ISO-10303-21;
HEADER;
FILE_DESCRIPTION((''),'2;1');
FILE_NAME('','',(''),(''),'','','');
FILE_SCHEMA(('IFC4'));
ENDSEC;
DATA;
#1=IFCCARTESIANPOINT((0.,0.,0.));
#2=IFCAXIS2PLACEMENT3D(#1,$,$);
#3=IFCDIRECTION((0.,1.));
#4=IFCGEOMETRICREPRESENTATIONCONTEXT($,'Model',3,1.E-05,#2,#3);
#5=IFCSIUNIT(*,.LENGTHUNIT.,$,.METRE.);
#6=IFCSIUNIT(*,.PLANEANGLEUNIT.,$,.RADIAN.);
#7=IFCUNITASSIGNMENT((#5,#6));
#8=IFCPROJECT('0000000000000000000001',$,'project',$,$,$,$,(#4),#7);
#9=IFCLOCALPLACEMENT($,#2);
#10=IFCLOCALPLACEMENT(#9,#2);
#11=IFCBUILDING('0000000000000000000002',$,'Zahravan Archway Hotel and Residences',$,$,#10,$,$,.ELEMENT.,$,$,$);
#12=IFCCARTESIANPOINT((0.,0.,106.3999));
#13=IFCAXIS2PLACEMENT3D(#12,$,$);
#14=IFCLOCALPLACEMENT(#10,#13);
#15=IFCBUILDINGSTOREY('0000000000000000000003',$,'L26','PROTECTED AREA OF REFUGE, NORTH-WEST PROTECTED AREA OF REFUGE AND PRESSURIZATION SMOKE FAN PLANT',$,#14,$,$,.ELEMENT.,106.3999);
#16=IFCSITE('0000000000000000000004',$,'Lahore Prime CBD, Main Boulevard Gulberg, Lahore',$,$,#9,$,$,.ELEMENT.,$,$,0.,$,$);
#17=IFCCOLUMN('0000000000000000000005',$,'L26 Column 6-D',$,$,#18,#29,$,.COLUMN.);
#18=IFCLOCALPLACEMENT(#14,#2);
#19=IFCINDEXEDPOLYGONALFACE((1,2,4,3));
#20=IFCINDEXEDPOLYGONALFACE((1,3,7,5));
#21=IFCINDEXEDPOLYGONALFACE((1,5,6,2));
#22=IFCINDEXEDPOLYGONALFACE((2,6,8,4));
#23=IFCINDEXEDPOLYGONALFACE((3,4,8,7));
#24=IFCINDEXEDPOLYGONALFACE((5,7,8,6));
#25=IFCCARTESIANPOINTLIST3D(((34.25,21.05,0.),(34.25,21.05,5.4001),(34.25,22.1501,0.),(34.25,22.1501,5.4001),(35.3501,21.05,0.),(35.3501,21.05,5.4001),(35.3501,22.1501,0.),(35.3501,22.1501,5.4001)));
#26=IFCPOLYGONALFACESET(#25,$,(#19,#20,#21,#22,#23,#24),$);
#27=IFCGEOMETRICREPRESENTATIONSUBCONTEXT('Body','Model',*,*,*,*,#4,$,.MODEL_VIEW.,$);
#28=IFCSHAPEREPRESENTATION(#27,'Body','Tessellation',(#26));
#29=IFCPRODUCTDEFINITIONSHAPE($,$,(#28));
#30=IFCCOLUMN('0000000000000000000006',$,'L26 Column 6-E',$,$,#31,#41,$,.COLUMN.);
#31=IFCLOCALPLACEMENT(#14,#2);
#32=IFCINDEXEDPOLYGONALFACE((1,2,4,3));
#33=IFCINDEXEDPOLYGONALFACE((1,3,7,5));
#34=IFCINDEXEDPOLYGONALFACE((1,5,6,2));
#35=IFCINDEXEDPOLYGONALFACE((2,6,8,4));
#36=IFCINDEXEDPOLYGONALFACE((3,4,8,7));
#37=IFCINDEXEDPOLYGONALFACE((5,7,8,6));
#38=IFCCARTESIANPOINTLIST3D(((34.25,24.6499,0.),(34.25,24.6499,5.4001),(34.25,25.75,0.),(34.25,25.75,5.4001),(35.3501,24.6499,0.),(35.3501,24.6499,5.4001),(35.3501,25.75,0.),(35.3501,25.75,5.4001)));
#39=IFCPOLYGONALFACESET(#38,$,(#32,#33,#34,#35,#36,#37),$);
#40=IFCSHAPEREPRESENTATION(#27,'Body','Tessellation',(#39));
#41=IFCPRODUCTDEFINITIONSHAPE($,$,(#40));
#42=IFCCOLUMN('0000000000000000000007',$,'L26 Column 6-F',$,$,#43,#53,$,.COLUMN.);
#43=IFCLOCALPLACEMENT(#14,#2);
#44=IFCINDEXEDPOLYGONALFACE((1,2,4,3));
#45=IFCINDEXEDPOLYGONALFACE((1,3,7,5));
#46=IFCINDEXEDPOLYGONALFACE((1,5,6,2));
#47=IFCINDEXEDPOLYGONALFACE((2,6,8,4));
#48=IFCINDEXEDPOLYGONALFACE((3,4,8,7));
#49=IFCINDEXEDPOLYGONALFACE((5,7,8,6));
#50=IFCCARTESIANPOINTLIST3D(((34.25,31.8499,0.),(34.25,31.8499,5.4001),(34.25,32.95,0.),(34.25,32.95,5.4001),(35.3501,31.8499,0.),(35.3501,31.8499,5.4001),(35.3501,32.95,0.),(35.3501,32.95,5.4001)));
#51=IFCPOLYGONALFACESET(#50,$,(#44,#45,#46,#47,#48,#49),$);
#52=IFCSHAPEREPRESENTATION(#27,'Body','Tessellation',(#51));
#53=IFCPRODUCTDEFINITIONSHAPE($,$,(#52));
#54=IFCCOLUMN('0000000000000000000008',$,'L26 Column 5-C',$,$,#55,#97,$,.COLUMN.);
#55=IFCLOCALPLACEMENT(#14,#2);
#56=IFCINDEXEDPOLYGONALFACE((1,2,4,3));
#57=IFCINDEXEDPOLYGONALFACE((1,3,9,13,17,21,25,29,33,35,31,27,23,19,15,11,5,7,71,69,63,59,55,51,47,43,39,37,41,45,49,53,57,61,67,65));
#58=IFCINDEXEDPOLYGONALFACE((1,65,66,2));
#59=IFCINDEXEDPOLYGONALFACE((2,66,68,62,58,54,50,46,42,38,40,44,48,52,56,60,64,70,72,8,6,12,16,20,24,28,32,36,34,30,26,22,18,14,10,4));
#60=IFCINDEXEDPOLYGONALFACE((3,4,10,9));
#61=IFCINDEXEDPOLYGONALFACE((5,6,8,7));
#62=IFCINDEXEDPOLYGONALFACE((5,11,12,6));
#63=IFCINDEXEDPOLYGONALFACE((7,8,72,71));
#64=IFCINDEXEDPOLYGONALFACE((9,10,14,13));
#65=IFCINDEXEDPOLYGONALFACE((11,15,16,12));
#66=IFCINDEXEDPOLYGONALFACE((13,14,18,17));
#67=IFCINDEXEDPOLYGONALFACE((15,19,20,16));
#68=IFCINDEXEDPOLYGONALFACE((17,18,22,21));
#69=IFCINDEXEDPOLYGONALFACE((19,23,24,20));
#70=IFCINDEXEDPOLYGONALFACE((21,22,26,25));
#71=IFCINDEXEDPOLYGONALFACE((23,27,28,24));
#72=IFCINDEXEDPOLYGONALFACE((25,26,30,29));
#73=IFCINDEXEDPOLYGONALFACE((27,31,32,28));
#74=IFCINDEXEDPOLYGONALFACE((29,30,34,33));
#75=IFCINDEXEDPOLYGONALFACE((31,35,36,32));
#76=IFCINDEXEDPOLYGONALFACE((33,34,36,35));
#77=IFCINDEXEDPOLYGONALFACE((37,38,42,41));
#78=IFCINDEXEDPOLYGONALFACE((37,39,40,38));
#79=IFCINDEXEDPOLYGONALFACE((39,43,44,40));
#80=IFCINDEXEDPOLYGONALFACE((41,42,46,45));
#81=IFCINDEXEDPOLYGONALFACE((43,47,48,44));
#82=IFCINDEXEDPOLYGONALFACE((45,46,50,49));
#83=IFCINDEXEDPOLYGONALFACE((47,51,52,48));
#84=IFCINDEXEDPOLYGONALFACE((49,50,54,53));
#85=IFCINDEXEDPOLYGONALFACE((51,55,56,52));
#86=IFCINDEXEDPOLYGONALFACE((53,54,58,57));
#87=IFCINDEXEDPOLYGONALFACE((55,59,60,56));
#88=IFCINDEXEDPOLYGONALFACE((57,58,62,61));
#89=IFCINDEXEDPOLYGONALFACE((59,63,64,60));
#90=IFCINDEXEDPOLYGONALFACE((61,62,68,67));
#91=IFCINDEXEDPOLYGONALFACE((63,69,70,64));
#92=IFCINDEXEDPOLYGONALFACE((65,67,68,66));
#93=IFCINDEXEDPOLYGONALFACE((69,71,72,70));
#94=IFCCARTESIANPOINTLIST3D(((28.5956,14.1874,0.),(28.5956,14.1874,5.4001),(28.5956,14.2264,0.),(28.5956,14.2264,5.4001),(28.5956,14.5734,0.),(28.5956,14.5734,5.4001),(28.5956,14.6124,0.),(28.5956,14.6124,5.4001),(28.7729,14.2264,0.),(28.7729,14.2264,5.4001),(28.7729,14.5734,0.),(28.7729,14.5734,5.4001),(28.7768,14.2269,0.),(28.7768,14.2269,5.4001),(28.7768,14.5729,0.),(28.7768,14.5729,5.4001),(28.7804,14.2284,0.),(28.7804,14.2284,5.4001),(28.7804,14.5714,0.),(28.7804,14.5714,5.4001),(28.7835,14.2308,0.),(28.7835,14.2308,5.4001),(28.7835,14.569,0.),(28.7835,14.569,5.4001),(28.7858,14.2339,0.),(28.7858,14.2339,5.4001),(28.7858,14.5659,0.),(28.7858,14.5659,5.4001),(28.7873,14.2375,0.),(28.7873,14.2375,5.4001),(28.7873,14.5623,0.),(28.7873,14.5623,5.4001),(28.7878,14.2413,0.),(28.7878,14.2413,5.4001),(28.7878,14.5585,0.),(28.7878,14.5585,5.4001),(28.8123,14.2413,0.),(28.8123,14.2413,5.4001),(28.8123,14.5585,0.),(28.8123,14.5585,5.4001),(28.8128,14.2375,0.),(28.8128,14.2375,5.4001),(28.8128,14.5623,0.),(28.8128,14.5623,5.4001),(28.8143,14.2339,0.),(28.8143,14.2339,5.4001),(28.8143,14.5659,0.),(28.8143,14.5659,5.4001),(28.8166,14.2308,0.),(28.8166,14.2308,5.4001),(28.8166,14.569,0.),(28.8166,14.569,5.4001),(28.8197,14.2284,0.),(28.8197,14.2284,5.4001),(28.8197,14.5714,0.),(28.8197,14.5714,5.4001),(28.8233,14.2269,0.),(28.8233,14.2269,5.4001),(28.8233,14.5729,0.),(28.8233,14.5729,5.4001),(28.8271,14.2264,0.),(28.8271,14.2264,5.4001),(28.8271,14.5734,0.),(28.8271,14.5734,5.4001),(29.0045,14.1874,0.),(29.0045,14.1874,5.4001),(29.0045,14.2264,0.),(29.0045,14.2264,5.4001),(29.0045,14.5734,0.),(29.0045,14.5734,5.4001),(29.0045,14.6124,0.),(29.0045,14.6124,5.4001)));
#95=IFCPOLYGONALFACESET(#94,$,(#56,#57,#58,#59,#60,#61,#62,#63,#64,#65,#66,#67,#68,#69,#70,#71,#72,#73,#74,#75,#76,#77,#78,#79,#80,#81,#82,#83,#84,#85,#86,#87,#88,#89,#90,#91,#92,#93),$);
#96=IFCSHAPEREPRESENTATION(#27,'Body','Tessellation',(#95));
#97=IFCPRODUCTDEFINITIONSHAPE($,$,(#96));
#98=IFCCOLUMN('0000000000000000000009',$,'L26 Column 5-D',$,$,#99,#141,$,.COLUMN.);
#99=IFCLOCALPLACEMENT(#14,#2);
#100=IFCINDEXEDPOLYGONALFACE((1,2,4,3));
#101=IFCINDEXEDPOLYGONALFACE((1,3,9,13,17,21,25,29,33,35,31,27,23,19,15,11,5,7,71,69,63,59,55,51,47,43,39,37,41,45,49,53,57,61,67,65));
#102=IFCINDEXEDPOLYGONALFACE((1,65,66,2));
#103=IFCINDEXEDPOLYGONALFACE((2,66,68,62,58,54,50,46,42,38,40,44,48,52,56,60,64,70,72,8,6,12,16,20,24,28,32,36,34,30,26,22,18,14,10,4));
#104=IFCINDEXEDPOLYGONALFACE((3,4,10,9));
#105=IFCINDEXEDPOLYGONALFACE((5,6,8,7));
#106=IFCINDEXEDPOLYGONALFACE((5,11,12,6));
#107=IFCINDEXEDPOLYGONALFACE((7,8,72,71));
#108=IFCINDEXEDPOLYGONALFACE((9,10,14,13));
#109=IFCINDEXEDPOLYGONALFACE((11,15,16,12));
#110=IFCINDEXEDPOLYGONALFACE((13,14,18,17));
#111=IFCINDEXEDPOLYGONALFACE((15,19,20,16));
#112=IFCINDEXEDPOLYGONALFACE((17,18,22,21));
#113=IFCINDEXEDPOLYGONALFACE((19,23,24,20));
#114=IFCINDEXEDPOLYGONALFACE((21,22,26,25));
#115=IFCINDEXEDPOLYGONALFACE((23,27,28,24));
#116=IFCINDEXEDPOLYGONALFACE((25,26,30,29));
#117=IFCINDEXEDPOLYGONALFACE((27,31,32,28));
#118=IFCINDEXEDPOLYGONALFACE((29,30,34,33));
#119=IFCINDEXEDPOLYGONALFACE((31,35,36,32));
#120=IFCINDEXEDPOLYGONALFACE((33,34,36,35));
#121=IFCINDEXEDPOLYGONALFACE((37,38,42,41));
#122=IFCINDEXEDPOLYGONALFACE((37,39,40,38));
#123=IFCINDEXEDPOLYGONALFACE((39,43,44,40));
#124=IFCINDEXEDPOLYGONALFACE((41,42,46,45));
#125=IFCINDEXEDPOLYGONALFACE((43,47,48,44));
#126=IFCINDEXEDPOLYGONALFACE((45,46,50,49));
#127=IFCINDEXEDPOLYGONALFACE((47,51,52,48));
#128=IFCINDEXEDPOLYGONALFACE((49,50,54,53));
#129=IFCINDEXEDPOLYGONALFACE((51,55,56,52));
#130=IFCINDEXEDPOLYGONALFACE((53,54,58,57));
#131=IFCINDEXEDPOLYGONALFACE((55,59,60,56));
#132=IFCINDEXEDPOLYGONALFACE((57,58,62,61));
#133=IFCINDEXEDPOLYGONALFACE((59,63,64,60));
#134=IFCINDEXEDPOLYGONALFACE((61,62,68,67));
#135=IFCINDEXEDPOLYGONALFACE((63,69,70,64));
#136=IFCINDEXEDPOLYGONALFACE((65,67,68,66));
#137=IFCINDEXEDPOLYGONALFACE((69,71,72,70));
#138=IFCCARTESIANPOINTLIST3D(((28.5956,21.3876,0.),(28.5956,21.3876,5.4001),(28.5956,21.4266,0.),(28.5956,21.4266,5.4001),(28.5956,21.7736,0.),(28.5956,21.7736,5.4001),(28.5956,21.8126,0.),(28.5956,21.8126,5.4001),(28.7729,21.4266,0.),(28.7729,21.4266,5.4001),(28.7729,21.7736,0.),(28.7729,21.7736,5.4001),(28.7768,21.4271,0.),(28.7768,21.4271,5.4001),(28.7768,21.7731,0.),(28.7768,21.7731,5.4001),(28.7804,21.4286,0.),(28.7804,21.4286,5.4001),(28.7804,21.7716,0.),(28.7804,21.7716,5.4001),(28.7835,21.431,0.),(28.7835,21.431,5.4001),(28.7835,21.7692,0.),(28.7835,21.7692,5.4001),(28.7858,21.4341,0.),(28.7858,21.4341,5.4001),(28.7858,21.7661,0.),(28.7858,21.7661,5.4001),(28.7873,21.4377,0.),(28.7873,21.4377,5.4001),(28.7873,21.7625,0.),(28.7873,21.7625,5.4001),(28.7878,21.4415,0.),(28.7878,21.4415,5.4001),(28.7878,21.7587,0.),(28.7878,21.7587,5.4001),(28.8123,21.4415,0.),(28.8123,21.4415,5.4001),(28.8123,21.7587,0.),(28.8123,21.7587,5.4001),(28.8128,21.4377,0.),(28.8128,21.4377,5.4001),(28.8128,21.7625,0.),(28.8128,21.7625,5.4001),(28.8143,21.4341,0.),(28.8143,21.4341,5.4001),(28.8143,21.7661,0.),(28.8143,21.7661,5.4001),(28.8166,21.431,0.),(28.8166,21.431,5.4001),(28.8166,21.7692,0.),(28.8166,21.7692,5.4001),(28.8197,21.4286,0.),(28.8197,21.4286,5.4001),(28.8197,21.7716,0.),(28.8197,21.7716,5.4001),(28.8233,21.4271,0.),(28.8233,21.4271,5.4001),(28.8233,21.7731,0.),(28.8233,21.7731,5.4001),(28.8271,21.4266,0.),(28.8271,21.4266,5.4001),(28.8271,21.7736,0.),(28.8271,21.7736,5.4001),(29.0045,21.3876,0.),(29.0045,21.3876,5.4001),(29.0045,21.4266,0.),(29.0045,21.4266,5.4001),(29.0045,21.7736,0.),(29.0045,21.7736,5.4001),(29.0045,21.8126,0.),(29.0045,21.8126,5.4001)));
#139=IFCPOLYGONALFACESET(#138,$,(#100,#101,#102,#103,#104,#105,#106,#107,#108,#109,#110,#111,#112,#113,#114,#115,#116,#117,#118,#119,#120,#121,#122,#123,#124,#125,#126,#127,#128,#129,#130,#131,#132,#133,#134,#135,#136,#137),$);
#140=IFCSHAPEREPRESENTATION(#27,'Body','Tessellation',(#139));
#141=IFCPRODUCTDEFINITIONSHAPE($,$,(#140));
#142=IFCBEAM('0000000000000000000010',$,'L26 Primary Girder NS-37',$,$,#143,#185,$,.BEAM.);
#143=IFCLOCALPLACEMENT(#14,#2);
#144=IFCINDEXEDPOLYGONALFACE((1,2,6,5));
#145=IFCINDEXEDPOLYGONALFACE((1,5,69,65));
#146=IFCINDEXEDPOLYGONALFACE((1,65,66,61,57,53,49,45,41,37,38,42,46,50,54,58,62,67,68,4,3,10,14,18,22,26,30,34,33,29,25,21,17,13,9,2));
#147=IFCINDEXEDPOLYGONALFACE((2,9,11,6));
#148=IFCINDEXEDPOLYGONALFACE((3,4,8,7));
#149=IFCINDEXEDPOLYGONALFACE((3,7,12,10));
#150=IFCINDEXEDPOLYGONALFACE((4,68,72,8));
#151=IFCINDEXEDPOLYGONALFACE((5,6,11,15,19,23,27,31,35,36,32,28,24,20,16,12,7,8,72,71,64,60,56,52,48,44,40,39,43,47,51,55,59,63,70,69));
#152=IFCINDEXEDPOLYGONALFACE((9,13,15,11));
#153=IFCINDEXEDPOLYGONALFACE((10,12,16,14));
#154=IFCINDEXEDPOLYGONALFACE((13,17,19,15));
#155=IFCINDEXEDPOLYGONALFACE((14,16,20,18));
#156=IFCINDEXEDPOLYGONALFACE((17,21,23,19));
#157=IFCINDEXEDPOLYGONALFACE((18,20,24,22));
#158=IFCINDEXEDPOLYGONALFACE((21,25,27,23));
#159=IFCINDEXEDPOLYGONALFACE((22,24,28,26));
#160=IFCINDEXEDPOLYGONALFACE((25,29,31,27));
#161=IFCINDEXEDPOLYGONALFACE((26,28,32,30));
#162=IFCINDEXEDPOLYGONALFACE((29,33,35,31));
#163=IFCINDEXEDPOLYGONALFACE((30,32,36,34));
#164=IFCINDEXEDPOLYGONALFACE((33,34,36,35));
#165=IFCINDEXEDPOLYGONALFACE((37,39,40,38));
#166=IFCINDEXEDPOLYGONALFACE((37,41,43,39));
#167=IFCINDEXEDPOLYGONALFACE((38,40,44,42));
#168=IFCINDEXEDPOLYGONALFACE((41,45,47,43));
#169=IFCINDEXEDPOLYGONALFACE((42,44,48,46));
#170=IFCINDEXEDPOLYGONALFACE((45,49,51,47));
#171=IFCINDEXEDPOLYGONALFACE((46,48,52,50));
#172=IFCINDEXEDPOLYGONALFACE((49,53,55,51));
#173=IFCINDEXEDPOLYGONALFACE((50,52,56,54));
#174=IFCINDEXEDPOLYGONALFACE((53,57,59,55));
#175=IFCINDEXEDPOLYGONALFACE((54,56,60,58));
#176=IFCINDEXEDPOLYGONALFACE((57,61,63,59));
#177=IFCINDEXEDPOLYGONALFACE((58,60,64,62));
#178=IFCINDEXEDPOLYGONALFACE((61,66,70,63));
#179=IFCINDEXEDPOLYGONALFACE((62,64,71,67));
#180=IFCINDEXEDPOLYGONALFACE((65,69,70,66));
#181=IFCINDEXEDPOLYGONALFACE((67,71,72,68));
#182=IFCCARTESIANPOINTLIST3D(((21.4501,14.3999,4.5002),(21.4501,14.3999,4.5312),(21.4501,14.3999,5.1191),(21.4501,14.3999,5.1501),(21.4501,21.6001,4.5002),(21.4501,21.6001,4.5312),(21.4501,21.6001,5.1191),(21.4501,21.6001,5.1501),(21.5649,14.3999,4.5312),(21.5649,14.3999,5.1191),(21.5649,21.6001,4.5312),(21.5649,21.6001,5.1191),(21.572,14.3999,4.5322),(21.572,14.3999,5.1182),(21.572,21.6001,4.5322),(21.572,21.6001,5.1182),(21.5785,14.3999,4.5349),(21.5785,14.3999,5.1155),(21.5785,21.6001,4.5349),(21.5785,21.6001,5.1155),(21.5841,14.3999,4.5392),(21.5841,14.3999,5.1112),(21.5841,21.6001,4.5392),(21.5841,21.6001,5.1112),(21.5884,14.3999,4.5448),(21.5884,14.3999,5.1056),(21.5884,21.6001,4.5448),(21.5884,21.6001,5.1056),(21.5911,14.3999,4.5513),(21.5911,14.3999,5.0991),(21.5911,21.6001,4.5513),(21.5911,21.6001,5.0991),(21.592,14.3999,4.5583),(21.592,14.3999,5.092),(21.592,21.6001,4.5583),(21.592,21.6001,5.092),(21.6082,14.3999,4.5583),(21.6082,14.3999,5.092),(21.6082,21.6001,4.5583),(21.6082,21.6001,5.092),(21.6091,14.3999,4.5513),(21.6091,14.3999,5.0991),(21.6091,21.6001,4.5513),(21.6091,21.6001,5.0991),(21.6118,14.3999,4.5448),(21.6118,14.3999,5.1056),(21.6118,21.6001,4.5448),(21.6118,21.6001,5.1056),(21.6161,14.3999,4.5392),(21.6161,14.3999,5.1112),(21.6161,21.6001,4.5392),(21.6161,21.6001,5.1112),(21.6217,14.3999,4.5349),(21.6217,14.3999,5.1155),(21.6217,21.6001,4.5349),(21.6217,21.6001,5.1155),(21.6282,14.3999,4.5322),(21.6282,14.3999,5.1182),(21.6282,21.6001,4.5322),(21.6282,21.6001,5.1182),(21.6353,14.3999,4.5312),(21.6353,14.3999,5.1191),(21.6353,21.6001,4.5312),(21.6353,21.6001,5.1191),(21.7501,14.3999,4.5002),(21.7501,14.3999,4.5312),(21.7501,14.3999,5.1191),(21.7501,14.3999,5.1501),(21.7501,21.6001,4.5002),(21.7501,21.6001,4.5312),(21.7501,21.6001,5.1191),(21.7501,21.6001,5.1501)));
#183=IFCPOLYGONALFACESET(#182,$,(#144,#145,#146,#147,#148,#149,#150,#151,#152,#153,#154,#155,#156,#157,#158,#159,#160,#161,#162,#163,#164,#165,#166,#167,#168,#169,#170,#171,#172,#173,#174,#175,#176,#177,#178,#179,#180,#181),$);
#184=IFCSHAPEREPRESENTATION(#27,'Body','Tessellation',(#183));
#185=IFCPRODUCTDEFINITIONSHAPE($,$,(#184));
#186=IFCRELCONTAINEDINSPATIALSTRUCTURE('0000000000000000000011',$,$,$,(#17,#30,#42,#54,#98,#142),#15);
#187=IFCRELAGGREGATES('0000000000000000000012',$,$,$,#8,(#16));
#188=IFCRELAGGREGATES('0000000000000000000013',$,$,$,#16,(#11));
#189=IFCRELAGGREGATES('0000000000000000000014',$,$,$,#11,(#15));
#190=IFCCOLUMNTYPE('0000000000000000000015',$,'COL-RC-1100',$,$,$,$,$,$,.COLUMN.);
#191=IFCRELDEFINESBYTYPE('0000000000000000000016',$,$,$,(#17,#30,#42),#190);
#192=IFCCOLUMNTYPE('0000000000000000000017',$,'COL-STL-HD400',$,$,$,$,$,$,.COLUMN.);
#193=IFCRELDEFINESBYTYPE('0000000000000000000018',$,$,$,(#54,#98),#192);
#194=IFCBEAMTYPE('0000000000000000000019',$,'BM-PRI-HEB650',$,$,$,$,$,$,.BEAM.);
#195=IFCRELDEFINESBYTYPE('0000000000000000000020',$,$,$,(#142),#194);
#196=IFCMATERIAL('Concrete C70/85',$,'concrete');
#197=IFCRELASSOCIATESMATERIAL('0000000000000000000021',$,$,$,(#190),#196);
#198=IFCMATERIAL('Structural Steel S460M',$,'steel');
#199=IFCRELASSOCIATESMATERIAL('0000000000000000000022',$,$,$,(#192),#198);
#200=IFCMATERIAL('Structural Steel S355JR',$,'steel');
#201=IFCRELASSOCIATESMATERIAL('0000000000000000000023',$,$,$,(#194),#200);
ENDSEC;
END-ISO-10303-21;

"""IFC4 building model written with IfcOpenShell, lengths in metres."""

from ifc_helpers import new_model, si_unit, direction, frame, origin, origin_2d, place, context, subcontext, project, spatial, rectangle, i_section, extrude, source, transform, mapped, material, material_profile, profile_set, type_object, type_shapes, element, save


model = new_model("IFC4")

# Units and contexts
model_context = context("Model", 3, precision=1e-05, world=origin(), true_north=direction((0.0, 1.0)))
body_context = subcontext(model_context, "Body", "Model", "MODEL_VIEW")
ifc_project = project(units=[si_unit("LENGTHUNIT", "METRE"), si_unit("PLANEANGLEUNIT", "RADIAN")], contexts=[model_context])

# Site, building, storey
site_placement = place(None, origin())
site = spatial("IfcSite", under=ifc_project, at=site_placement, Name="Lahore Prime CBD, Main Boulevard Gulberg, Lahore", CompositionType="ELEMENT", RefElevation=0.0)
building_placement = place(site_placement, origin())
building = spatial("IfcBuilding", under=site, at=building_placement, Name="Zahravan Archway Hotel and Residences", CompositionType="ELEMENT")
storey_placement = place(building_placement, frame((0.0, 0.0, 106.3999)))
storey = spatial("IfcBuildingStorey", under=building, at=storey_placement, Name="L26", Description="PROTECTED AREA OF REFUGE, NORTH-WEST PROTECTED AREA OF REFUGE AND PRESSURIZATION SMOKE FAN PLANT", CompositionType="ELEMENT", Elevation=106.3999)

# Columns
ifc_material_1 = material(Name="Concrete C70/85", Category="concrete")
ifc_material_profile_1 = material_profile(ifc_material_1, rectangle(XDim=1.1001, YDim=1.1001, at=origin_2d()), Name="RC 1100x1100", Category="concrete")
ifc_profile_set_1 = profile_set([ifc_material_profile_1], Name="Concrete C70/85")
column_type_1 = type_object("IfcColumnType", Name="COL-RC-1100", PredefinedType="COLUMN", material=ifc_profile_set_1)
shared_shape_1 = source(origin(), body_context, "Body", "SweptSolid", [
    extrude(rectangle(XDim=1.1001, YDim=1.1001, at=origin_2d()), origin(), (0.0, 0.0, 1.0), 5.4001),
])
for number, where, z_axis, x_axis, name in (
    (1, (34.8, 21.6001, 0.0), (0.0, 0.0, 1.0), (1.0, 0.0, 0.0), "L26 Column 6-D"),
    (2, (34.8, 25.2, 0.0), (0.0, 0.0, 1.0), (1.0, 0.0, 0.0), "L26 Column 6-E"),
    (3, (34.8, 32.3999, 0.0), (0.0, 0.0, 1.0), (1.0, 0.0, 0.0), "L26 Column 6-F"),
):
    element("IfcColumn", number, at=place(storey_placement, frame(where, z_axis=z_axis, x_axis=x_axis)), inside=storey, type_object=column_type_1, Name=name, PredefinedType="COLUMN", context=body_context, shape_type="MappedRepresentation", body=[
        mapped(shared_shape_1, transform((0.0, 0.0, 0.0), scale=1.0)),
    ])
ifc_material_2 = material(Name="Structural Steel S460M", Category="steel")
ifc_material_profile_2 = material_profile(ifc_material_2, i_section(OverallWidth=0.4089, OverallDepth=0.425, WebThickness=0.0244, FlangeThickness=0.0391, FilletRadius=0.0149, at=origin_2d()), Name="HD 400x421", Category="steel")
ifc_profile_set_2 = profile_set([ifc_material_profile_2], Name="Structural Steel S460M")
column_type_2 = type_object("IfcColumnType", Name="COL-STL-HD400", PredefinedType="COLUMN", material=ifc_profile_set_2)
shared_shape_2 = source(origin(), body_context, "Body", "SweptSolid", [
    extrude(i_section(OverallWidth=0.4089, OverallDepth=0.425, WebThickness=0.0244, FlangeThickness=0.0391, FilletRadius=0.0149, at=origin_2d()), origin(), (0.0, 0.0, 1.0), 5.4001),
])
for number, where, z_axis, x_axis, name in (
    (4, (28.8, 14.3999, 0.0), (0.0, 0.0, 1.0), (1.0, 0.0, 0.0), "L26 Column 5-C"),
    (5, (28.8, 21.6001, 0.0), (0.0, 0.0, 1.0), (1.0, 0.0, 0.0), "L26 Column 5-D"),
):
    element("IfcColumn", number, at=place(storey_placement, frame(where, z_axis=z_axis, x_axis=x_axis)), inside=storey, type_object=column_type_2, Name=name, PredefinedType="COLUMN", context=body_context, shape_type="MappedRepresentation", body=[
        mapped(shared_shape_2, transform((0.0, 0.0, 0.0), scale=1.0)),
    ])

# Beam
ifc_material_3 = material(Name="Structural Steel S355JR", Category="steel")
ifc_material_profile_3 = material_profile(ifc_material_3, i_section(OverallWidth=0.3, OverallDepth=0.6499, WebThickness=0.0161, FlangeThickness=0.031, FilletRadius=0.0271, at=origin_2d()), Name="HEB 650", Category="steel")
ifc_profile_set_3 = profile_set([ifc_material_profile_3], Name="Structural Steel S355JR")
beam_type_1 = type_object("IfcBeamType", Name="BM-PRI-HEB650", PredefinedType="BEAM", material=ifc_profile_set_3)
shared_shape_3 = source(origin(), body_context, "Body", "SweptSolid", [
    extrude(i_section(OverallWidth=0.3, OverallDepth=0.6499, WebThickness=0.0161, FlangeThickness=0.031, FilletRadius=0.0271, at=origin_2d()), origin(), (0.0, 0.0, 1.0), 7.2002),
])
type_shapes(beam_type_1, [shared_shape_3])
for number, where, z_axis, x_axis, name in (
    (6, (21.6001, 14.3999, 4.8252), (0.0, 1.0, 0.0), (-1.0, 0.0, 0.0), "L26 Primary Girder NS-37"),
):
    element("IfcBeam", number, at=place(storey_placement, frame(where, z_axis=z_axis, x_axis=x_axis)), inside=storey, type_object=beam_type_1, Name=name, PredefinedType="BEAM", context=body_context, shape_type="MappedRepresentation", body=[
        mapped(shared_shape_3, transform((0.0, 0.0, 0.0), scale=1.0)),
    ])

save(model, "model.ifc")
